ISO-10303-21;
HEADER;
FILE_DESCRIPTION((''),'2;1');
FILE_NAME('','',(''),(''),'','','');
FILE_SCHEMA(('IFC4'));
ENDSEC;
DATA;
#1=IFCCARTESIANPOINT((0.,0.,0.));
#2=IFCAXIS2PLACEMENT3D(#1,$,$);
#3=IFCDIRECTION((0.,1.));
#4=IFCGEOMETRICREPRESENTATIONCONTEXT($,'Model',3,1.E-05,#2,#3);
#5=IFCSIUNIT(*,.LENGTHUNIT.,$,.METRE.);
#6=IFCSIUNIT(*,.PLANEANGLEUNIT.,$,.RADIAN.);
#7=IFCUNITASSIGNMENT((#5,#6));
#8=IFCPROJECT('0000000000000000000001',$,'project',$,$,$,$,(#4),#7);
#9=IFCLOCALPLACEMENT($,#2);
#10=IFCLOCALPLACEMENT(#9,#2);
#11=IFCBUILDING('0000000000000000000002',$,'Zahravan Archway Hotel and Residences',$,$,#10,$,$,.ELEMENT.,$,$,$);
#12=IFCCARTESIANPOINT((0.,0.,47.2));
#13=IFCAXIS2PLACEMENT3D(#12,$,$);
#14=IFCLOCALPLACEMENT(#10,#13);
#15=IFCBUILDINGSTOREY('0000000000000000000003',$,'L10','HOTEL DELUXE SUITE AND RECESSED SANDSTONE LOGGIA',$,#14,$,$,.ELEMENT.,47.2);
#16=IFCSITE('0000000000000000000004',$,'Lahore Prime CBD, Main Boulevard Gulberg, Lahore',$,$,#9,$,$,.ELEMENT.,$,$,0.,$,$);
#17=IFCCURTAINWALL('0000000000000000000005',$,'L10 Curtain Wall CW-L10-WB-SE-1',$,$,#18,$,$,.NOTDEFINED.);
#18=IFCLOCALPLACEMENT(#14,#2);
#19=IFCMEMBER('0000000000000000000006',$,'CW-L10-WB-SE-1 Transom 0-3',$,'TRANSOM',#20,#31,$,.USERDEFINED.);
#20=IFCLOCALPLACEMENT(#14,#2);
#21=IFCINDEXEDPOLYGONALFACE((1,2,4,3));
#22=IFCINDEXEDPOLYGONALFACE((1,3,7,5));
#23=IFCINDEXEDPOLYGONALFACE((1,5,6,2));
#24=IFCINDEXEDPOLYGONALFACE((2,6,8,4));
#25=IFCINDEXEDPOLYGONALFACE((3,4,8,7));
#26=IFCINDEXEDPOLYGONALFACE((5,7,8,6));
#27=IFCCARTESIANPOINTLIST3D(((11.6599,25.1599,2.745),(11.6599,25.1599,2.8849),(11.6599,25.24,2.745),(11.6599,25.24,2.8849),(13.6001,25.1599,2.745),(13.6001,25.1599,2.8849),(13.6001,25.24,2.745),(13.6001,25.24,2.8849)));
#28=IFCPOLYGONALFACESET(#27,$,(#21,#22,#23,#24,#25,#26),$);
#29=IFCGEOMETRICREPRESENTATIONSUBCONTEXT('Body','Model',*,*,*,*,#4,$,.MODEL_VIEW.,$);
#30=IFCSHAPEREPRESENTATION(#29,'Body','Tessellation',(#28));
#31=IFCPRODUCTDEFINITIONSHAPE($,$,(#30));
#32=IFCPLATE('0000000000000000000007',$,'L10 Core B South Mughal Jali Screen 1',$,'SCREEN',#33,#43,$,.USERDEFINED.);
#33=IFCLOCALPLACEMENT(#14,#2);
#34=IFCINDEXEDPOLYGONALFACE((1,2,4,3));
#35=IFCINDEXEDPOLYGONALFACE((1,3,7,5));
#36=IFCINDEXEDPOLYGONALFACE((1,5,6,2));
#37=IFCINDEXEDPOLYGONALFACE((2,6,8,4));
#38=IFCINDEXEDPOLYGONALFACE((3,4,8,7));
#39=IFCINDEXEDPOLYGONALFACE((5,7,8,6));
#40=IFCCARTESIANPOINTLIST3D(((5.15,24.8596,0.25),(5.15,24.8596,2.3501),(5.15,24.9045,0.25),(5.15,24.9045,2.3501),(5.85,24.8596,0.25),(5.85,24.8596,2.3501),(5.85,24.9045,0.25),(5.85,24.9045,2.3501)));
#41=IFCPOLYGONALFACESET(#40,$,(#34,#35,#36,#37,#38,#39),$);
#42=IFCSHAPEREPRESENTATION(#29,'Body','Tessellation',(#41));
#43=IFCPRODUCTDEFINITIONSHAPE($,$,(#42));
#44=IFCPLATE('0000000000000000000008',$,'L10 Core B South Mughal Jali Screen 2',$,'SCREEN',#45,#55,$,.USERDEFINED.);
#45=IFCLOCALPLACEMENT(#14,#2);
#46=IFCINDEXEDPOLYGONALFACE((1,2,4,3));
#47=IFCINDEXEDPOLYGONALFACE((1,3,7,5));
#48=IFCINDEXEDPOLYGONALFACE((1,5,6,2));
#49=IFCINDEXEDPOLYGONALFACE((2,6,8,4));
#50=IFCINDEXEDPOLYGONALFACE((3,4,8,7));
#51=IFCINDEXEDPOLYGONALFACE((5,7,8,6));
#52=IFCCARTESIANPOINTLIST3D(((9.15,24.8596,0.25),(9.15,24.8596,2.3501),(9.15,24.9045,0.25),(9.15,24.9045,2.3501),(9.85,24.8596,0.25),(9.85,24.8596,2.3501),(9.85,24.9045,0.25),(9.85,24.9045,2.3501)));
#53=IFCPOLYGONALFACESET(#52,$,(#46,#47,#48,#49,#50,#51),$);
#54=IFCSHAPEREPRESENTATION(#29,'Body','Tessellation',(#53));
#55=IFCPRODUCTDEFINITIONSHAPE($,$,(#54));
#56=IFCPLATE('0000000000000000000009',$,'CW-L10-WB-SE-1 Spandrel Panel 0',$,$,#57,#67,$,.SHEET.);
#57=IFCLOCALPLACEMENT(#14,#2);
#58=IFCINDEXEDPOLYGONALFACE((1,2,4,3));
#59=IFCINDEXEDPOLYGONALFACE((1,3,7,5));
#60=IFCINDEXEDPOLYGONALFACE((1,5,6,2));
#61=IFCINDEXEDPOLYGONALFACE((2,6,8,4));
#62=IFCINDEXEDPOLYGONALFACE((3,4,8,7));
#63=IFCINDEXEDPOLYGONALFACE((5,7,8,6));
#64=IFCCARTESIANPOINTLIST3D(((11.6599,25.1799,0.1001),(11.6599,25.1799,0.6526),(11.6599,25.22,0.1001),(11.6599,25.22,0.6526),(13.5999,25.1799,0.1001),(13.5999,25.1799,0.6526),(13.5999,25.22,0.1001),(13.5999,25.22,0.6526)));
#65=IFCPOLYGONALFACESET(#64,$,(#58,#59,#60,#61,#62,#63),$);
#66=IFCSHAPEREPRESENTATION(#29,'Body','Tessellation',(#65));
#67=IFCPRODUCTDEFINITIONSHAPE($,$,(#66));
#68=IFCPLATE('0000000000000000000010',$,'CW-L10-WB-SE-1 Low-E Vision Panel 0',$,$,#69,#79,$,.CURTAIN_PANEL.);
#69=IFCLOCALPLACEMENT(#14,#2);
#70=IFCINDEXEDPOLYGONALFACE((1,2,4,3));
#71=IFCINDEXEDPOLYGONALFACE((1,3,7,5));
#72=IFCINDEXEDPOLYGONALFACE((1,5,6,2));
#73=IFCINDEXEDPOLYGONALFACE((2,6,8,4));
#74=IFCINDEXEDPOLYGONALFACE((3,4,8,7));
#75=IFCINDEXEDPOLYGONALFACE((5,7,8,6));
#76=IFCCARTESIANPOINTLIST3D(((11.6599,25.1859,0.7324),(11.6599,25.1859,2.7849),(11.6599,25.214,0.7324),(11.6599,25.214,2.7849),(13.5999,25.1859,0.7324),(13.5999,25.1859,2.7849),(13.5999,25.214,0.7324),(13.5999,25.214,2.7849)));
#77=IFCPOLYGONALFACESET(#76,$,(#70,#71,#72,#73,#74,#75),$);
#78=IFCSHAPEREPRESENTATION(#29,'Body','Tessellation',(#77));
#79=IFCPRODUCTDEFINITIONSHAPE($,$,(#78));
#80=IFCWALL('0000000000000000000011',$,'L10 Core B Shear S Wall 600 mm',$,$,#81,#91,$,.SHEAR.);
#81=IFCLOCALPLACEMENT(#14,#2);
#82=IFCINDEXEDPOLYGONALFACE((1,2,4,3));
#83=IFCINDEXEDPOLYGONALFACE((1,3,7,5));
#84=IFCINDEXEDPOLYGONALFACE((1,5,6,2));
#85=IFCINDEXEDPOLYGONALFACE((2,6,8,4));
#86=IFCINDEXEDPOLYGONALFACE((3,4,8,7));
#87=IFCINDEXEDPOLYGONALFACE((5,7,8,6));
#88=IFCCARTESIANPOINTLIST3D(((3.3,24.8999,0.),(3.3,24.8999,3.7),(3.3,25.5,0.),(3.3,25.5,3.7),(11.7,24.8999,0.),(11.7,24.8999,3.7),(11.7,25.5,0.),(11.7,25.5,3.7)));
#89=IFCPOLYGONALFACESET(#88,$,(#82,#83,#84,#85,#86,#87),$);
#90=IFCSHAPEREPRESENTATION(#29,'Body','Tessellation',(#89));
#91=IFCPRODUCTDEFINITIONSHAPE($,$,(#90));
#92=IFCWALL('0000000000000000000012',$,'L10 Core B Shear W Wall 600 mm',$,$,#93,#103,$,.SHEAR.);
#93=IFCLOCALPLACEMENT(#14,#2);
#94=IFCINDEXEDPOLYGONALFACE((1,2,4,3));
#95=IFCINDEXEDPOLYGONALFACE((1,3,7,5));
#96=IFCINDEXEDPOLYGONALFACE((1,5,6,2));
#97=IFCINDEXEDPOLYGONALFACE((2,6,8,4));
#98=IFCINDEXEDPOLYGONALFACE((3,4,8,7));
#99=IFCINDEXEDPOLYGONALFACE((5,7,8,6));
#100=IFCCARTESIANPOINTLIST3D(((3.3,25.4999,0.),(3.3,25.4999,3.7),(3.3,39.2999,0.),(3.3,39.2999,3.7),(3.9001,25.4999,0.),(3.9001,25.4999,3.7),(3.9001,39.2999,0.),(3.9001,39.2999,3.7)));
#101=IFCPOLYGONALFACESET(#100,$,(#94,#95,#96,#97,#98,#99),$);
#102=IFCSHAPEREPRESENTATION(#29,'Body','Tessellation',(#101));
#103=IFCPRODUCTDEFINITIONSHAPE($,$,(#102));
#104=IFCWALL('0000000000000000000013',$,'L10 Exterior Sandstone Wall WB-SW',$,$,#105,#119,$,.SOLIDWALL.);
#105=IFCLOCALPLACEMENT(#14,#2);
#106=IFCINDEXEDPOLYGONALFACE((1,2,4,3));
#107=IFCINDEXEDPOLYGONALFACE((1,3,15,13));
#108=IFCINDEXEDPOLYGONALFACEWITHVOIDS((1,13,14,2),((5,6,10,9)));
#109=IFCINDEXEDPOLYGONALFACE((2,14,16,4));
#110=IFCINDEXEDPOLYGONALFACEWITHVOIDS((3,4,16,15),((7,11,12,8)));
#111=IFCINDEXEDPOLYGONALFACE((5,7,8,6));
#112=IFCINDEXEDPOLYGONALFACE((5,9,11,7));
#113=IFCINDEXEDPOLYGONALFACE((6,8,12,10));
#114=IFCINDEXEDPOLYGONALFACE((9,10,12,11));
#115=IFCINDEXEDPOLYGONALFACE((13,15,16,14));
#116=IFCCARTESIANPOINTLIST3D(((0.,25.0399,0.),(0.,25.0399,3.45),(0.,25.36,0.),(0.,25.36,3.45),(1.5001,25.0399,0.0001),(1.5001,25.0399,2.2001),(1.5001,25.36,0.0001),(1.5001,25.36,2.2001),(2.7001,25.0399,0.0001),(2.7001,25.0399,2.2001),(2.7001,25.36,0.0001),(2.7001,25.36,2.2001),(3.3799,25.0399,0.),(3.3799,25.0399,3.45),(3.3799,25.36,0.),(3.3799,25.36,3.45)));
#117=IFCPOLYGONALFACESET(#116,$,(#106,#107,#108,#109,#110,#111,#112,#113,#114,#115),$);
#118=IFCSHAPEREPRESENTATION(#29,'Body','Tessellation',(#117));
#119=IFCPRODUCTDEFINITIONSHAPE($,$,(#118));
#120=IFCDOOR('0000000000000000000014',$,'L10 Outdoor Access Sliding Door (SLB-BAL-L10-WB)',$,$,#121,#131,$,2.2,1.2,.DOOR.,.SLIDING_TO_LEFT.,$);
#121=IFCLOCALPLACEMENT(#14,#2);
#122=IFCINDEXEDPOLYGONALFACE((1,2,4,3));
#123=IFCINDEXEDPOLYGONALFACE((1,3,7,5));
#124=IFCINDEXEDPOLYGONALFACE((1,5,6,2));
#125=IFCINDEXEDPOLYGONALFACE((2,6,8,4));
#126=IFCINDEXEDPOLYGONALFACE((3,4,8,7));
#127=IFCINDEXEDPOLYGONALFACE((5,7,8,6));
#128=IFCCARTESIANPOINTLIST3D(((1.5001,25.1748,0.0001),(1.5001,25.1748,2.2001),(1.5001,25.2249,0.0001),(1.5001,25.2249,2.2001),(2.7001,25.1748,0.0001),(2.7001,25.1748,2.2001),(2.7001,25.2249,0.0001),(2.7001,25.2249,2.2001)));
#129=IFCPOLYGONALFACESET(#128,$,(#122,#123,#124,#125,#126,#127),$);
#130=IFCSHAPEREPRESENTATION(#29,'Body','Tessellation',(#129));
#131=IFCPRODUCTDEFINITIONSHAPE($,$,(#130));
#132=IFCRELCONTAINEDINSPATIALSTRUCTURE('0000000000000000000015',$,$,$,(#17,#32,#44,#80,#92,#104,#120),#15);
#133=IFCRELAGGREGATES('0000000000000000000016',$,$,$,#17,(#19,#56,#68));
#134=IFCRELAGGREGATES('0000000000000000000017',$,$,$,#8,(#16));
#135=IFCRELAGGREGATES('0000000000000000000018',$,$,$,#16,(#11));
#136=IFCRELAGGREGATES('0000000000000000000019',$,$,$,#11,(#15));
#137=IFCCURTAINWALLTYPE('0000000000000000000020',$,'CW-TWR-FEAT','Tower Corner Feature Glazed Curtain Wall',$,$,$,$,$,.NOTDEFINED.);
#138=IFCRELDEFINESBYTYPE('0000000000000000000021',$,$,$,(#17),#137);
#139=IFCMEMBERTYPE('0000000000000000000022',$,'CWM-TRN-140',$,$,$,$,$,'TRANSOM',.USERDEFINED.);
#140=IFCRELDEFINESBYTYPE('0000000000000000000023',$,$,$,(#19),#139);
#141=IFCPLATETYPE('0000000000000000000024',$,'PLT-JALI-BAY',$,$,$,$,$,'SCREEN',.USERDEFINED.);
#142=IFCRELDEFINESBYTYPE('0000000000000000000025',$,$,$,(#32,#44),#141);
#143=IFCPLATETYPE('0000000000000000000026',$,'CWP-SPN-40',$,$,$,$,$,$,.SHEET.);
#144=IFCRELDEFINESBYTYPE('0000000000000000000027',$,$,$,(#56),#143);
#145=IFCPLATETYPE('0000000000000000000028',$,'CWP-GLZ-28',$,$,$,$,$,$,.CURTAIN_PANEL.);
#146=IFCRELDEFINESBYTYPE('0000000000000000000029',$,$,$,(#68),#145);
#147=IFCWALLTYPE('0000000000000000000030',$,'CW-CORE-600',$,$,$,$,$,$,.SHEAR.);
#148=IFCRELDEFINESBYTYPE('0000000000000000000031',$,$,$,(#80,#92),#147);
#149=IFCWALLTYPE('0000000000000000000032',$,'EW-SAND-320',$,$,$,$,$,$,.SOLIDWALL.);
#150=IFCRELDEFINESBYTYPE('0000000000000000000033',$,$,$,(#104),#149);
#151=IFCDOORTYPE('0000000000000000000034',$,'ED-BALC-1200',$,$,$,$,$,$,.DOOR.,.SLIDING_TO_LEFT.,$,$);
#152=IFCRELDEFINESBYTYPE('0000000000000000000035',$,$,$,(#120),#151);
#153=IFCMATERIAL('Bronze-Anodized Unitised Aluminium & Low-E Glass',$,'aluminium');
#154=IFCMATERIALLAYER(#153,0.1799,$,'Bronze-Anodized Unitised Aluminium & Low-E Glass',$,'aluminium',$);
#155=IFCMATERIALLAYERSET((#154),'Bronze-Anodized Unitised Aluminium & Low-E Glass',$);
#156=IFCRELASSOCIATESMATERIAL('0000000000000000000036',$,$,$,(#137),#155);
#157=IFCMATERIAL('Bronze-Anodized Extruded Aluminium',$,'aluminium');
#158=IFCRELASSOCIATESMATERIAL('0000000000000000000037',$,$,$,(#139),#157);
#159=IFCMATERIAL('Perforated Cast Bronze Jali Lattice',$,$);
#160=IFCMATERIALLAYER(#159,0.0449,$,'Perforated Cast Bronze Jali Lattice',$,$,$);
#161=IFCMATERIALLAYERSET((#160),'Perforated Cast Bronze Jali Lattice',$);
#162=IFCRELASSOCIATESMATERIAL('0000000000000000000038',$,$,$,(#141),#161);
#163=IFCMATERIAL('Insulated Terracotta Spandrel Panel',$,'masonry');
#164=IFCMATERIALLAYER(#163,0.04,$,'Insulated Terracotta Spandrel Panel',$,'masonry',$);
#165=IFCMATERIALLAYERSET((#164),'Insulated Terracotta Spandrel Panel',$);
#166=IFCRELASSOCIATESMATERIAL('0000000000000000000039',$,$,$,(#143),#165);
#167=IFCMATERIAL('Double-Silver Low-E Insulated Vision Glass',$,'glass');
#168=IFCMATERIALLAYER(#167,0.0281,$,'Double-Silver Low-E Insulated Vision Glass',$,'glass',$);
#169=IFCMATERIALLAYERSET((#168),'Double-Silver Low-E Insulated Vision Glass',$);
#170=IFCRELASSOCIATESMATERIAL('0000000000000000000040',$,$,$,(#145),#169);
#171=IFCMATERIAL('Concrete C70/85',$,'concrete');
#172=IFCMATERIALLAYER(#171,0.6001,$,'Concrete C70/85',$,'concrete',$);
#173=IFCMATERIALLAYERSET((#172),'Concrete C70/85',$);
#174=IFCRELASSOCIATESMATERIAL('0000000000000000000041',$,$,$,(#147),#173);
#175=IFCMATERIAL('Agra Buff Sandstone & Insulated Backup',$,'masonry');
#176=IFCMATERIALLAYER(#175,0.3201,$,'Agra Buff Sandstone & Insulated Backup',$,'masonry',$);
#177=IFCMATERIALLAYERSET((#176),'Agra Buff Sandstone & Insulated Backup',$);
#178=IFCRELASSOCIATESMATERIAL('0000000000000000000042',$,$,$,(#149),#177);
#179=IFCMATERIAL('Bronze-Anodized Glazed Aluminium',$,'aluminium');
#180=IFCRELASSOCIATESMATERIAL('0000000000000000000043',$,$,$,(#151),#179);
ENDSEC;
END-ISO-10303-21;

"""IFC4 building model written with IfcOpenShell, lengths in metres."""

from ifc_helpers import new_model, si_unit, direction, frame, frame_2d, origin, origin_2d, place, context, subcontext, project, spatial, rectangle, extrude, source, transform, mapped, material, layer, layer_set, material_profile, profile_set, type_object, type_shapes, element, fill, aggregate, save


model = new_model("IFC4")

# Units and contexts
model_context = context("Model", 3, precision=1e-05, world=origin(), true_north=direction((0.0, 1.0)))
body_context = subcontext(model_context, "Body", "Model", "MODEL_VIEW")
ifc_project = project(units=[si_unit("LENGTHUNIT", "METRE"), si_unit("PLANEANGLEUNIT", "RADIAN")], contexts=[model_context])

# Site, building, storey
site_placement = place(None, origin())
site = spatial("IfcSite", under=ifc_project, at=site_placement, Name="Lahore Prime CBD, Main Boulevard Gulberg, Lahore", CompositionType="ELEMENT", RefElevation=0.0)
building_placement = place(site_placement, origin())
building = spatial("IfcBuilding", under=site, at=building_placement, Name="Zahravan Archway Hotel and Residences", CompositionType="ELEMENT")
storey_placement = place(building_placement, frame((0.0, 0.0, 47.2)))
storey = spatial("IfcBuildingStorey", under=building, at=storey_placement, Name="L10", Description="HOTEL DELUXE SUITE AND RECESSED SANDSTONE LOGGIA", CompositionType="ELEMENT", Elevation=47.2)

# Shared definitions
ifc_material_1 = material(Name="Concrete C70/85", Category="concrete")

# Curtain wall, member
ifc_material_2 = material(Name="Bronze-Anodized Unitised Aluminium & Low-E Glass", Category="aluminium")
ifc_layer_1 = layer(ifc_material_2, 0.1799, Name="Bronze-Anodized Unitised Aluminium & Low-E Glass", Category="aluminium")
ifc_layer_set_1 = layer_set([ifc_layer_1], Name="Bronze-Anodized Unitised Aluminium & Low-E Glass")
curtain_wall_type = type_object("IfcCurtainWallType", Name="CW-TWR-FEAT", Description="Tower Corner Feature Glazed Curtain Wall", PredefinedType="NOTDEFINED", material=ifc_layer_set_1)
curtain_wall_placement = place(storey_placement, origin())
curtain_wall = element("IfcCurtainWall", 1, at=curtain_wall_placement, inside=storey, type_object=curtain_wall_type, Name="L10 Curtain Wall CW-L10-WB-SE-1", PredefinedType="NOTDEFINED")
ifc_material_3 = material(Name="Bronze-Anodized Extruded Aluminium", Category="aluminium")
ifc_material_profile_1 = material_profile(ifc_material_3, rectangle(XDim=0.0801, YDim=0.1399, at=origin_2d()), Name="TRN 80x140", Category="aluminium")
ifc_profile_set_1 = profile_set([ifc_material_profile_1], Name="Bronze-Anodized Extruded Aluminium")
member_type_1 = type_object("IfcMemberType", Name="CWM-TRN-140", ElementType="TRANSOM", PredefinedType="USERDEFINED", material=ifc_profile_set_1)
shared_shape_1 = source(origin(), body_context, "Body", "SweptSolid", [
    extrude(rectangle(XDim=0.0801, YDim=0.1399, at=origin_2d()), origin(), (0.0, 0.0, 1.0), 1.9402),
])
member_1_placement = place(storey_placement, frame((11.6599, 25.2, 2.8149), z_axis=(1.0, 0.0, 0.0), x_axis=(0.0, 1.0, 0.0)))
member_1 = element("IfcMember", 2, at=member_1_placement, type_object=member_type_1, Name="CW-L10-WB-SE-1 Transom 0-3", ObjectType="TRANSOM", PredefinedType="USERDEFINED", context=body_context, shape_type="MappedRepresentation", body=[
    mapped(shared_shape_1, transform((0.0, 0.0, 0.0), scale=1.0)),
])

# Plates
ifc_material_4 = material(Name="Perforated Cast Bronze Jali Lattice")
ifc_layer_2 = layer(ifc_material_4, 0.0449, Name="Perforated Cast Bronze Jali Lattice")
ifc_layer_set_2 = layer_set([ifc_layer_2], Name="Perforated Cast Bronze Jali Lattice")
plate_type_1 = type_object("IfcPlateType", Name="PLT-JALI-BAY", ElementType="SCREEN", PredefinedType="USERDEFINED", material=ifc_layer_set_2)
shared_shape_2 = source(origin(), body_context, "Body", "SweptSolid", [
    extrude(rectangle(XDim=0.7, YDim=0.0449, at=origin_2d()), origin(), (0.0, 0.0, 1.0), 2.1001),
])
type_shapes(plate_type_1, [shared_shape_2])
for number, where, z_axis, x_axis, name in (
    (3, (5.5, 24.8821, 0.25), (0.0, 0.0, 1.0), (1.0, 0.0, 0.0), "L10 Core B South Mughal Jali Screen 1"),
    (4, (9.5, 24.8821, 0.25), (0.0, 0.0, 1.0), (1.0, 0.0, 0.0), "L10 Core B South Mughal Jali Screen 2"),
):
    element("IfcPlate", number, at=place(storey_placement, frame(where, z_axis=z_axis, x_axis=x_axis)), inside=storey, type_object=plate_type_1, Name=name, ObjectType="SCREEN", PredefinedType="USERDEFINED", context=body_context, shape_type="MappedRepresentation", body=[
        mapped(shared_shape_2, transform((0.0, 0.0, 0.0), scale=1.0)),
    ])

# Plates
ifc_material_5 = material(Name="Insulated Terracotta Spandrel Panel", Category="masonry")
ifc_layer_3 = layer(ifc_material_5, 0.04, Name="Insulated Terracotta Spandrel Panel", Category="masonry")
ifc_layer_set_3 = layer_set([ifc_layer_3], Name="Insulated Terracotta Spandrel Panel")
plate_type_2 = type_object("IfcPlateType", Name="CWP-SPN-40", PredefinedType="SHEET", material=ifc_layer_set_3)
shared_shape_3 = source(origin(), body_context, "Body", "SweptSolid", [
    extrude(rectangle(XDim=1.9399, YDim=0.04, at=origin_2d()), origin(), (0.0, 0.0, 1.0), 0.5525),
])
plate_1_placement = place(storey_placement, frame((12.6299, 25.2, 0.1001), z_axis=(0.0, 0.0, 1.0), x_axis=(1.0, 0.0, 0.0)))
plate_1 = element("IfcPlate", 5, at=plate_1_placement, type_object=plate_type_2, Name="CW-L10-WB-SE-1 Spandrel Panel 0", PredefinedType="SHEET", context=body_context, shape_type="MappedRepresentation", body=[
    mapped(shared_shape_3, transform((0.0, 0.0, 0.0), scale=1.0)),
])
ifc_material_6 = material(Name="Double-Silver Low-E Insulated Vision Glass", Category="glass")
ifc_layer_4 = layer(ifc_material_6, 0.0281, Name="Double-Silver Low-E Insulated Vision Glass", Category="glass")
ifc_layer_set_4 = layer_set([ifc_layer_4], Name="Double-Silver Low-E Insulated Vision Glass")
plate_type_3 = type_object("IfcPlateType", Name="CWP-GLZ-28", PredefinedType="CURTAIN_PANEL", material=ifc_layer_set_4)
shared_shape_4 = source(origin(), body_context, "Body", "SweptSolid", [
    extrude(rectangle(XDim=1.9399, YDim=0.0281, at=origin_2d()), origin(), (0.0, 0.0, 1.0), 2.0525),
])
plate_2_placement = place(storey_placement, frame((12.6299, 25.2, 0.7324), z_axis=(0.0, 0.0, 1.0), x_axis=(1.0, 0.0, 0.0)))
plate_2 = element("IfcPlate", 6, at=plate_2_placement, type_object=plate_type_3, Name="CW-L10-WB-SE-1 Low-E Vision Panel 0", PredefinedType="CURTAIN_PANEL", context=body_context, shape_type="MappedRepresentation", body=[
    mapped(shared_shape_4, transform((0.0, 0.0, 0.0), scale=1.0)),
])
aggregate(curtain_wall, [member_1, plate_1, plate_2])

# Walls
ifc_layer_5 = layer(ifc_material_1, 0.6001, Name="Concrete C70/85", Category="concrete")
ifc_layer_set_5 = layer_set([ifc_layer_5], Name="Concrete C70/85")
wall_type_1 = type_object("IfcWallType", Name="CW-CORE-600", PredefinedType="SHEAR", material=ifc_layer_set_5)
wall_1_placement = place(storey_placement, frame((3.3, 25.2, 0.0), z_axis=(0.0, 0.0, 1.0), x_axis=(1.0, 0.0, 0.0)))
element("IfcWall", 7, at=wall_1_placement, inside=storey, type_object=wall_type_1, Name="L10 Core B Shear S Wall 600 mm", PredefinedType="SHEAR", context=body_context, shape_type="SweptSolid", body=[
    extrude(rectangle(XDim=8.3999, YDim=0.6001, at=frame_2d((4.2, 0.0))), origin(), (0.0, 0.0, 1.0), 3.7),
])
wall_2_placement = place(storey_placement, frame((3.6001, 25.5, 0.0), z_axis=(0.0, 0.0, 1.0), x_axis=(0.0, 1.0, 0.0)))
element("IfcWall", 8, at=wall_2_placement, inside=storey, type_object=wall_type_1, Name="L10 Core B Shear W Wall 600 mm", PredefinedType="SHEAR", context=body_context, shape_type="SweptSolid", body=[
    extrude(rectangle(XDim=13.8, YDim=0.6001, at=frame_2d((6.8999, 0.0))), origin(), (0.0, 0.0, 1.0), 3.7),
])

# Wall, opening, door
ifc_material_7 = material(Name="Agra Buff Sandstone & Insulated Backup", Category="masonry")
ifc_layer_6 = layer(ifc_material_7, 0.3201, Name="Agra Buff Sandstone & Insulated Backup", Category="masonry")
ifc_layer_set_6 = layer_set([ifc_layer_6], Name="Agra Buff Sandstone & Insulated Backup")
wall_type_2 = type_object("IfcWallType", Name="EW-SAND-320", PredefinedType="SOLIDWALL", material=ifc_layer_set_6)
wall_3_placement = place(storey_placement, frame((0.0, 25.2, 0.0), z_axis=(0.0, 0.0, 1.0), x_axis=(1.0, 0.0, 0.0)))
wall_3 = element("IfcWall", 9, at=wall_3_placement, inside=storey, type_object=wall_type_2, Name="L10 Exterior Sandstone Wall WB-SW", PredefinedType="SOLIDWALL", context=body_context, shape_type="SweptSolid", body=[
    extrude(rectangle(XDim=3.3799, YDim=0.3201, at=frame_2d((1.6899, 0.0))), origin(), (0.0, 0.0, 1.0), 3.45),
])
opening_1_placement = place(wall_3_placement, frame((1.5, 0.0, 0.0)))
opening_1 = element("IfcOpeningElement", 10, at=opening_1_placement, cuts=wall_3, PredefinedType="OPENING", context=body_context, shape_type="SweptSolid", body=[
    extrude(rectangle(XDim=1.2, YDim=2.2, at=frame_2d((0.6001, 1.1001))), frame((0.0, 0.1699, 0.0), z_axis=(0.0, -1.0, 0.0), x_axis=(1.0, 0.0, 0.0)), (0.0, 0.0, 1.0), 0.3401),
])
ifc_material_8 = material(Name="Bronze-Anodized Glazed Aluminium", Category="aluminium")
door_type = type_object("IfcDoorType", Name="ED-BALC-1200", OperationType="SLIDING_TO_LEFT", PredefinedType="DOOR", material=ifc_material_8)
shared_shape_5 = source(origin(), body_context, "Body", "SweptSolid", [
    extrude(rectangle(XDim=1.2, YDim=2.2, at=frame_2d((0.6001, 1.1001))), frame((0.0, 0.0249, 0.0), z_axis=(0.0, -1.0, 0.0), x_axis=(1.0, 0.0, 0.0)), (0.0, 0.0, 1.0), 0.05),
])
type_shapes(door_type, [shared_shape_5])
door_placement = place(opening_1_placement, origin())
door = element("IfcDoor", 11, at=door_placement, inside=storey, type_object=door_type, Name="L10 Outdoor Access Sliding Door (SLB-BAL-L10-WB)", OperationType="SLIDING_TO_LEFT", OverallHeight=2.2, OverallWidth=1.2, PredefinedType="DOOR", context=body_context, shape_type="MappedRepresentation", body=[
    mapped(shared_shape_5, transform((0.0, 0.0, 0.0), scale=1.0)),
])
fill(opening_1, door)

save(model, "model.ifc")
